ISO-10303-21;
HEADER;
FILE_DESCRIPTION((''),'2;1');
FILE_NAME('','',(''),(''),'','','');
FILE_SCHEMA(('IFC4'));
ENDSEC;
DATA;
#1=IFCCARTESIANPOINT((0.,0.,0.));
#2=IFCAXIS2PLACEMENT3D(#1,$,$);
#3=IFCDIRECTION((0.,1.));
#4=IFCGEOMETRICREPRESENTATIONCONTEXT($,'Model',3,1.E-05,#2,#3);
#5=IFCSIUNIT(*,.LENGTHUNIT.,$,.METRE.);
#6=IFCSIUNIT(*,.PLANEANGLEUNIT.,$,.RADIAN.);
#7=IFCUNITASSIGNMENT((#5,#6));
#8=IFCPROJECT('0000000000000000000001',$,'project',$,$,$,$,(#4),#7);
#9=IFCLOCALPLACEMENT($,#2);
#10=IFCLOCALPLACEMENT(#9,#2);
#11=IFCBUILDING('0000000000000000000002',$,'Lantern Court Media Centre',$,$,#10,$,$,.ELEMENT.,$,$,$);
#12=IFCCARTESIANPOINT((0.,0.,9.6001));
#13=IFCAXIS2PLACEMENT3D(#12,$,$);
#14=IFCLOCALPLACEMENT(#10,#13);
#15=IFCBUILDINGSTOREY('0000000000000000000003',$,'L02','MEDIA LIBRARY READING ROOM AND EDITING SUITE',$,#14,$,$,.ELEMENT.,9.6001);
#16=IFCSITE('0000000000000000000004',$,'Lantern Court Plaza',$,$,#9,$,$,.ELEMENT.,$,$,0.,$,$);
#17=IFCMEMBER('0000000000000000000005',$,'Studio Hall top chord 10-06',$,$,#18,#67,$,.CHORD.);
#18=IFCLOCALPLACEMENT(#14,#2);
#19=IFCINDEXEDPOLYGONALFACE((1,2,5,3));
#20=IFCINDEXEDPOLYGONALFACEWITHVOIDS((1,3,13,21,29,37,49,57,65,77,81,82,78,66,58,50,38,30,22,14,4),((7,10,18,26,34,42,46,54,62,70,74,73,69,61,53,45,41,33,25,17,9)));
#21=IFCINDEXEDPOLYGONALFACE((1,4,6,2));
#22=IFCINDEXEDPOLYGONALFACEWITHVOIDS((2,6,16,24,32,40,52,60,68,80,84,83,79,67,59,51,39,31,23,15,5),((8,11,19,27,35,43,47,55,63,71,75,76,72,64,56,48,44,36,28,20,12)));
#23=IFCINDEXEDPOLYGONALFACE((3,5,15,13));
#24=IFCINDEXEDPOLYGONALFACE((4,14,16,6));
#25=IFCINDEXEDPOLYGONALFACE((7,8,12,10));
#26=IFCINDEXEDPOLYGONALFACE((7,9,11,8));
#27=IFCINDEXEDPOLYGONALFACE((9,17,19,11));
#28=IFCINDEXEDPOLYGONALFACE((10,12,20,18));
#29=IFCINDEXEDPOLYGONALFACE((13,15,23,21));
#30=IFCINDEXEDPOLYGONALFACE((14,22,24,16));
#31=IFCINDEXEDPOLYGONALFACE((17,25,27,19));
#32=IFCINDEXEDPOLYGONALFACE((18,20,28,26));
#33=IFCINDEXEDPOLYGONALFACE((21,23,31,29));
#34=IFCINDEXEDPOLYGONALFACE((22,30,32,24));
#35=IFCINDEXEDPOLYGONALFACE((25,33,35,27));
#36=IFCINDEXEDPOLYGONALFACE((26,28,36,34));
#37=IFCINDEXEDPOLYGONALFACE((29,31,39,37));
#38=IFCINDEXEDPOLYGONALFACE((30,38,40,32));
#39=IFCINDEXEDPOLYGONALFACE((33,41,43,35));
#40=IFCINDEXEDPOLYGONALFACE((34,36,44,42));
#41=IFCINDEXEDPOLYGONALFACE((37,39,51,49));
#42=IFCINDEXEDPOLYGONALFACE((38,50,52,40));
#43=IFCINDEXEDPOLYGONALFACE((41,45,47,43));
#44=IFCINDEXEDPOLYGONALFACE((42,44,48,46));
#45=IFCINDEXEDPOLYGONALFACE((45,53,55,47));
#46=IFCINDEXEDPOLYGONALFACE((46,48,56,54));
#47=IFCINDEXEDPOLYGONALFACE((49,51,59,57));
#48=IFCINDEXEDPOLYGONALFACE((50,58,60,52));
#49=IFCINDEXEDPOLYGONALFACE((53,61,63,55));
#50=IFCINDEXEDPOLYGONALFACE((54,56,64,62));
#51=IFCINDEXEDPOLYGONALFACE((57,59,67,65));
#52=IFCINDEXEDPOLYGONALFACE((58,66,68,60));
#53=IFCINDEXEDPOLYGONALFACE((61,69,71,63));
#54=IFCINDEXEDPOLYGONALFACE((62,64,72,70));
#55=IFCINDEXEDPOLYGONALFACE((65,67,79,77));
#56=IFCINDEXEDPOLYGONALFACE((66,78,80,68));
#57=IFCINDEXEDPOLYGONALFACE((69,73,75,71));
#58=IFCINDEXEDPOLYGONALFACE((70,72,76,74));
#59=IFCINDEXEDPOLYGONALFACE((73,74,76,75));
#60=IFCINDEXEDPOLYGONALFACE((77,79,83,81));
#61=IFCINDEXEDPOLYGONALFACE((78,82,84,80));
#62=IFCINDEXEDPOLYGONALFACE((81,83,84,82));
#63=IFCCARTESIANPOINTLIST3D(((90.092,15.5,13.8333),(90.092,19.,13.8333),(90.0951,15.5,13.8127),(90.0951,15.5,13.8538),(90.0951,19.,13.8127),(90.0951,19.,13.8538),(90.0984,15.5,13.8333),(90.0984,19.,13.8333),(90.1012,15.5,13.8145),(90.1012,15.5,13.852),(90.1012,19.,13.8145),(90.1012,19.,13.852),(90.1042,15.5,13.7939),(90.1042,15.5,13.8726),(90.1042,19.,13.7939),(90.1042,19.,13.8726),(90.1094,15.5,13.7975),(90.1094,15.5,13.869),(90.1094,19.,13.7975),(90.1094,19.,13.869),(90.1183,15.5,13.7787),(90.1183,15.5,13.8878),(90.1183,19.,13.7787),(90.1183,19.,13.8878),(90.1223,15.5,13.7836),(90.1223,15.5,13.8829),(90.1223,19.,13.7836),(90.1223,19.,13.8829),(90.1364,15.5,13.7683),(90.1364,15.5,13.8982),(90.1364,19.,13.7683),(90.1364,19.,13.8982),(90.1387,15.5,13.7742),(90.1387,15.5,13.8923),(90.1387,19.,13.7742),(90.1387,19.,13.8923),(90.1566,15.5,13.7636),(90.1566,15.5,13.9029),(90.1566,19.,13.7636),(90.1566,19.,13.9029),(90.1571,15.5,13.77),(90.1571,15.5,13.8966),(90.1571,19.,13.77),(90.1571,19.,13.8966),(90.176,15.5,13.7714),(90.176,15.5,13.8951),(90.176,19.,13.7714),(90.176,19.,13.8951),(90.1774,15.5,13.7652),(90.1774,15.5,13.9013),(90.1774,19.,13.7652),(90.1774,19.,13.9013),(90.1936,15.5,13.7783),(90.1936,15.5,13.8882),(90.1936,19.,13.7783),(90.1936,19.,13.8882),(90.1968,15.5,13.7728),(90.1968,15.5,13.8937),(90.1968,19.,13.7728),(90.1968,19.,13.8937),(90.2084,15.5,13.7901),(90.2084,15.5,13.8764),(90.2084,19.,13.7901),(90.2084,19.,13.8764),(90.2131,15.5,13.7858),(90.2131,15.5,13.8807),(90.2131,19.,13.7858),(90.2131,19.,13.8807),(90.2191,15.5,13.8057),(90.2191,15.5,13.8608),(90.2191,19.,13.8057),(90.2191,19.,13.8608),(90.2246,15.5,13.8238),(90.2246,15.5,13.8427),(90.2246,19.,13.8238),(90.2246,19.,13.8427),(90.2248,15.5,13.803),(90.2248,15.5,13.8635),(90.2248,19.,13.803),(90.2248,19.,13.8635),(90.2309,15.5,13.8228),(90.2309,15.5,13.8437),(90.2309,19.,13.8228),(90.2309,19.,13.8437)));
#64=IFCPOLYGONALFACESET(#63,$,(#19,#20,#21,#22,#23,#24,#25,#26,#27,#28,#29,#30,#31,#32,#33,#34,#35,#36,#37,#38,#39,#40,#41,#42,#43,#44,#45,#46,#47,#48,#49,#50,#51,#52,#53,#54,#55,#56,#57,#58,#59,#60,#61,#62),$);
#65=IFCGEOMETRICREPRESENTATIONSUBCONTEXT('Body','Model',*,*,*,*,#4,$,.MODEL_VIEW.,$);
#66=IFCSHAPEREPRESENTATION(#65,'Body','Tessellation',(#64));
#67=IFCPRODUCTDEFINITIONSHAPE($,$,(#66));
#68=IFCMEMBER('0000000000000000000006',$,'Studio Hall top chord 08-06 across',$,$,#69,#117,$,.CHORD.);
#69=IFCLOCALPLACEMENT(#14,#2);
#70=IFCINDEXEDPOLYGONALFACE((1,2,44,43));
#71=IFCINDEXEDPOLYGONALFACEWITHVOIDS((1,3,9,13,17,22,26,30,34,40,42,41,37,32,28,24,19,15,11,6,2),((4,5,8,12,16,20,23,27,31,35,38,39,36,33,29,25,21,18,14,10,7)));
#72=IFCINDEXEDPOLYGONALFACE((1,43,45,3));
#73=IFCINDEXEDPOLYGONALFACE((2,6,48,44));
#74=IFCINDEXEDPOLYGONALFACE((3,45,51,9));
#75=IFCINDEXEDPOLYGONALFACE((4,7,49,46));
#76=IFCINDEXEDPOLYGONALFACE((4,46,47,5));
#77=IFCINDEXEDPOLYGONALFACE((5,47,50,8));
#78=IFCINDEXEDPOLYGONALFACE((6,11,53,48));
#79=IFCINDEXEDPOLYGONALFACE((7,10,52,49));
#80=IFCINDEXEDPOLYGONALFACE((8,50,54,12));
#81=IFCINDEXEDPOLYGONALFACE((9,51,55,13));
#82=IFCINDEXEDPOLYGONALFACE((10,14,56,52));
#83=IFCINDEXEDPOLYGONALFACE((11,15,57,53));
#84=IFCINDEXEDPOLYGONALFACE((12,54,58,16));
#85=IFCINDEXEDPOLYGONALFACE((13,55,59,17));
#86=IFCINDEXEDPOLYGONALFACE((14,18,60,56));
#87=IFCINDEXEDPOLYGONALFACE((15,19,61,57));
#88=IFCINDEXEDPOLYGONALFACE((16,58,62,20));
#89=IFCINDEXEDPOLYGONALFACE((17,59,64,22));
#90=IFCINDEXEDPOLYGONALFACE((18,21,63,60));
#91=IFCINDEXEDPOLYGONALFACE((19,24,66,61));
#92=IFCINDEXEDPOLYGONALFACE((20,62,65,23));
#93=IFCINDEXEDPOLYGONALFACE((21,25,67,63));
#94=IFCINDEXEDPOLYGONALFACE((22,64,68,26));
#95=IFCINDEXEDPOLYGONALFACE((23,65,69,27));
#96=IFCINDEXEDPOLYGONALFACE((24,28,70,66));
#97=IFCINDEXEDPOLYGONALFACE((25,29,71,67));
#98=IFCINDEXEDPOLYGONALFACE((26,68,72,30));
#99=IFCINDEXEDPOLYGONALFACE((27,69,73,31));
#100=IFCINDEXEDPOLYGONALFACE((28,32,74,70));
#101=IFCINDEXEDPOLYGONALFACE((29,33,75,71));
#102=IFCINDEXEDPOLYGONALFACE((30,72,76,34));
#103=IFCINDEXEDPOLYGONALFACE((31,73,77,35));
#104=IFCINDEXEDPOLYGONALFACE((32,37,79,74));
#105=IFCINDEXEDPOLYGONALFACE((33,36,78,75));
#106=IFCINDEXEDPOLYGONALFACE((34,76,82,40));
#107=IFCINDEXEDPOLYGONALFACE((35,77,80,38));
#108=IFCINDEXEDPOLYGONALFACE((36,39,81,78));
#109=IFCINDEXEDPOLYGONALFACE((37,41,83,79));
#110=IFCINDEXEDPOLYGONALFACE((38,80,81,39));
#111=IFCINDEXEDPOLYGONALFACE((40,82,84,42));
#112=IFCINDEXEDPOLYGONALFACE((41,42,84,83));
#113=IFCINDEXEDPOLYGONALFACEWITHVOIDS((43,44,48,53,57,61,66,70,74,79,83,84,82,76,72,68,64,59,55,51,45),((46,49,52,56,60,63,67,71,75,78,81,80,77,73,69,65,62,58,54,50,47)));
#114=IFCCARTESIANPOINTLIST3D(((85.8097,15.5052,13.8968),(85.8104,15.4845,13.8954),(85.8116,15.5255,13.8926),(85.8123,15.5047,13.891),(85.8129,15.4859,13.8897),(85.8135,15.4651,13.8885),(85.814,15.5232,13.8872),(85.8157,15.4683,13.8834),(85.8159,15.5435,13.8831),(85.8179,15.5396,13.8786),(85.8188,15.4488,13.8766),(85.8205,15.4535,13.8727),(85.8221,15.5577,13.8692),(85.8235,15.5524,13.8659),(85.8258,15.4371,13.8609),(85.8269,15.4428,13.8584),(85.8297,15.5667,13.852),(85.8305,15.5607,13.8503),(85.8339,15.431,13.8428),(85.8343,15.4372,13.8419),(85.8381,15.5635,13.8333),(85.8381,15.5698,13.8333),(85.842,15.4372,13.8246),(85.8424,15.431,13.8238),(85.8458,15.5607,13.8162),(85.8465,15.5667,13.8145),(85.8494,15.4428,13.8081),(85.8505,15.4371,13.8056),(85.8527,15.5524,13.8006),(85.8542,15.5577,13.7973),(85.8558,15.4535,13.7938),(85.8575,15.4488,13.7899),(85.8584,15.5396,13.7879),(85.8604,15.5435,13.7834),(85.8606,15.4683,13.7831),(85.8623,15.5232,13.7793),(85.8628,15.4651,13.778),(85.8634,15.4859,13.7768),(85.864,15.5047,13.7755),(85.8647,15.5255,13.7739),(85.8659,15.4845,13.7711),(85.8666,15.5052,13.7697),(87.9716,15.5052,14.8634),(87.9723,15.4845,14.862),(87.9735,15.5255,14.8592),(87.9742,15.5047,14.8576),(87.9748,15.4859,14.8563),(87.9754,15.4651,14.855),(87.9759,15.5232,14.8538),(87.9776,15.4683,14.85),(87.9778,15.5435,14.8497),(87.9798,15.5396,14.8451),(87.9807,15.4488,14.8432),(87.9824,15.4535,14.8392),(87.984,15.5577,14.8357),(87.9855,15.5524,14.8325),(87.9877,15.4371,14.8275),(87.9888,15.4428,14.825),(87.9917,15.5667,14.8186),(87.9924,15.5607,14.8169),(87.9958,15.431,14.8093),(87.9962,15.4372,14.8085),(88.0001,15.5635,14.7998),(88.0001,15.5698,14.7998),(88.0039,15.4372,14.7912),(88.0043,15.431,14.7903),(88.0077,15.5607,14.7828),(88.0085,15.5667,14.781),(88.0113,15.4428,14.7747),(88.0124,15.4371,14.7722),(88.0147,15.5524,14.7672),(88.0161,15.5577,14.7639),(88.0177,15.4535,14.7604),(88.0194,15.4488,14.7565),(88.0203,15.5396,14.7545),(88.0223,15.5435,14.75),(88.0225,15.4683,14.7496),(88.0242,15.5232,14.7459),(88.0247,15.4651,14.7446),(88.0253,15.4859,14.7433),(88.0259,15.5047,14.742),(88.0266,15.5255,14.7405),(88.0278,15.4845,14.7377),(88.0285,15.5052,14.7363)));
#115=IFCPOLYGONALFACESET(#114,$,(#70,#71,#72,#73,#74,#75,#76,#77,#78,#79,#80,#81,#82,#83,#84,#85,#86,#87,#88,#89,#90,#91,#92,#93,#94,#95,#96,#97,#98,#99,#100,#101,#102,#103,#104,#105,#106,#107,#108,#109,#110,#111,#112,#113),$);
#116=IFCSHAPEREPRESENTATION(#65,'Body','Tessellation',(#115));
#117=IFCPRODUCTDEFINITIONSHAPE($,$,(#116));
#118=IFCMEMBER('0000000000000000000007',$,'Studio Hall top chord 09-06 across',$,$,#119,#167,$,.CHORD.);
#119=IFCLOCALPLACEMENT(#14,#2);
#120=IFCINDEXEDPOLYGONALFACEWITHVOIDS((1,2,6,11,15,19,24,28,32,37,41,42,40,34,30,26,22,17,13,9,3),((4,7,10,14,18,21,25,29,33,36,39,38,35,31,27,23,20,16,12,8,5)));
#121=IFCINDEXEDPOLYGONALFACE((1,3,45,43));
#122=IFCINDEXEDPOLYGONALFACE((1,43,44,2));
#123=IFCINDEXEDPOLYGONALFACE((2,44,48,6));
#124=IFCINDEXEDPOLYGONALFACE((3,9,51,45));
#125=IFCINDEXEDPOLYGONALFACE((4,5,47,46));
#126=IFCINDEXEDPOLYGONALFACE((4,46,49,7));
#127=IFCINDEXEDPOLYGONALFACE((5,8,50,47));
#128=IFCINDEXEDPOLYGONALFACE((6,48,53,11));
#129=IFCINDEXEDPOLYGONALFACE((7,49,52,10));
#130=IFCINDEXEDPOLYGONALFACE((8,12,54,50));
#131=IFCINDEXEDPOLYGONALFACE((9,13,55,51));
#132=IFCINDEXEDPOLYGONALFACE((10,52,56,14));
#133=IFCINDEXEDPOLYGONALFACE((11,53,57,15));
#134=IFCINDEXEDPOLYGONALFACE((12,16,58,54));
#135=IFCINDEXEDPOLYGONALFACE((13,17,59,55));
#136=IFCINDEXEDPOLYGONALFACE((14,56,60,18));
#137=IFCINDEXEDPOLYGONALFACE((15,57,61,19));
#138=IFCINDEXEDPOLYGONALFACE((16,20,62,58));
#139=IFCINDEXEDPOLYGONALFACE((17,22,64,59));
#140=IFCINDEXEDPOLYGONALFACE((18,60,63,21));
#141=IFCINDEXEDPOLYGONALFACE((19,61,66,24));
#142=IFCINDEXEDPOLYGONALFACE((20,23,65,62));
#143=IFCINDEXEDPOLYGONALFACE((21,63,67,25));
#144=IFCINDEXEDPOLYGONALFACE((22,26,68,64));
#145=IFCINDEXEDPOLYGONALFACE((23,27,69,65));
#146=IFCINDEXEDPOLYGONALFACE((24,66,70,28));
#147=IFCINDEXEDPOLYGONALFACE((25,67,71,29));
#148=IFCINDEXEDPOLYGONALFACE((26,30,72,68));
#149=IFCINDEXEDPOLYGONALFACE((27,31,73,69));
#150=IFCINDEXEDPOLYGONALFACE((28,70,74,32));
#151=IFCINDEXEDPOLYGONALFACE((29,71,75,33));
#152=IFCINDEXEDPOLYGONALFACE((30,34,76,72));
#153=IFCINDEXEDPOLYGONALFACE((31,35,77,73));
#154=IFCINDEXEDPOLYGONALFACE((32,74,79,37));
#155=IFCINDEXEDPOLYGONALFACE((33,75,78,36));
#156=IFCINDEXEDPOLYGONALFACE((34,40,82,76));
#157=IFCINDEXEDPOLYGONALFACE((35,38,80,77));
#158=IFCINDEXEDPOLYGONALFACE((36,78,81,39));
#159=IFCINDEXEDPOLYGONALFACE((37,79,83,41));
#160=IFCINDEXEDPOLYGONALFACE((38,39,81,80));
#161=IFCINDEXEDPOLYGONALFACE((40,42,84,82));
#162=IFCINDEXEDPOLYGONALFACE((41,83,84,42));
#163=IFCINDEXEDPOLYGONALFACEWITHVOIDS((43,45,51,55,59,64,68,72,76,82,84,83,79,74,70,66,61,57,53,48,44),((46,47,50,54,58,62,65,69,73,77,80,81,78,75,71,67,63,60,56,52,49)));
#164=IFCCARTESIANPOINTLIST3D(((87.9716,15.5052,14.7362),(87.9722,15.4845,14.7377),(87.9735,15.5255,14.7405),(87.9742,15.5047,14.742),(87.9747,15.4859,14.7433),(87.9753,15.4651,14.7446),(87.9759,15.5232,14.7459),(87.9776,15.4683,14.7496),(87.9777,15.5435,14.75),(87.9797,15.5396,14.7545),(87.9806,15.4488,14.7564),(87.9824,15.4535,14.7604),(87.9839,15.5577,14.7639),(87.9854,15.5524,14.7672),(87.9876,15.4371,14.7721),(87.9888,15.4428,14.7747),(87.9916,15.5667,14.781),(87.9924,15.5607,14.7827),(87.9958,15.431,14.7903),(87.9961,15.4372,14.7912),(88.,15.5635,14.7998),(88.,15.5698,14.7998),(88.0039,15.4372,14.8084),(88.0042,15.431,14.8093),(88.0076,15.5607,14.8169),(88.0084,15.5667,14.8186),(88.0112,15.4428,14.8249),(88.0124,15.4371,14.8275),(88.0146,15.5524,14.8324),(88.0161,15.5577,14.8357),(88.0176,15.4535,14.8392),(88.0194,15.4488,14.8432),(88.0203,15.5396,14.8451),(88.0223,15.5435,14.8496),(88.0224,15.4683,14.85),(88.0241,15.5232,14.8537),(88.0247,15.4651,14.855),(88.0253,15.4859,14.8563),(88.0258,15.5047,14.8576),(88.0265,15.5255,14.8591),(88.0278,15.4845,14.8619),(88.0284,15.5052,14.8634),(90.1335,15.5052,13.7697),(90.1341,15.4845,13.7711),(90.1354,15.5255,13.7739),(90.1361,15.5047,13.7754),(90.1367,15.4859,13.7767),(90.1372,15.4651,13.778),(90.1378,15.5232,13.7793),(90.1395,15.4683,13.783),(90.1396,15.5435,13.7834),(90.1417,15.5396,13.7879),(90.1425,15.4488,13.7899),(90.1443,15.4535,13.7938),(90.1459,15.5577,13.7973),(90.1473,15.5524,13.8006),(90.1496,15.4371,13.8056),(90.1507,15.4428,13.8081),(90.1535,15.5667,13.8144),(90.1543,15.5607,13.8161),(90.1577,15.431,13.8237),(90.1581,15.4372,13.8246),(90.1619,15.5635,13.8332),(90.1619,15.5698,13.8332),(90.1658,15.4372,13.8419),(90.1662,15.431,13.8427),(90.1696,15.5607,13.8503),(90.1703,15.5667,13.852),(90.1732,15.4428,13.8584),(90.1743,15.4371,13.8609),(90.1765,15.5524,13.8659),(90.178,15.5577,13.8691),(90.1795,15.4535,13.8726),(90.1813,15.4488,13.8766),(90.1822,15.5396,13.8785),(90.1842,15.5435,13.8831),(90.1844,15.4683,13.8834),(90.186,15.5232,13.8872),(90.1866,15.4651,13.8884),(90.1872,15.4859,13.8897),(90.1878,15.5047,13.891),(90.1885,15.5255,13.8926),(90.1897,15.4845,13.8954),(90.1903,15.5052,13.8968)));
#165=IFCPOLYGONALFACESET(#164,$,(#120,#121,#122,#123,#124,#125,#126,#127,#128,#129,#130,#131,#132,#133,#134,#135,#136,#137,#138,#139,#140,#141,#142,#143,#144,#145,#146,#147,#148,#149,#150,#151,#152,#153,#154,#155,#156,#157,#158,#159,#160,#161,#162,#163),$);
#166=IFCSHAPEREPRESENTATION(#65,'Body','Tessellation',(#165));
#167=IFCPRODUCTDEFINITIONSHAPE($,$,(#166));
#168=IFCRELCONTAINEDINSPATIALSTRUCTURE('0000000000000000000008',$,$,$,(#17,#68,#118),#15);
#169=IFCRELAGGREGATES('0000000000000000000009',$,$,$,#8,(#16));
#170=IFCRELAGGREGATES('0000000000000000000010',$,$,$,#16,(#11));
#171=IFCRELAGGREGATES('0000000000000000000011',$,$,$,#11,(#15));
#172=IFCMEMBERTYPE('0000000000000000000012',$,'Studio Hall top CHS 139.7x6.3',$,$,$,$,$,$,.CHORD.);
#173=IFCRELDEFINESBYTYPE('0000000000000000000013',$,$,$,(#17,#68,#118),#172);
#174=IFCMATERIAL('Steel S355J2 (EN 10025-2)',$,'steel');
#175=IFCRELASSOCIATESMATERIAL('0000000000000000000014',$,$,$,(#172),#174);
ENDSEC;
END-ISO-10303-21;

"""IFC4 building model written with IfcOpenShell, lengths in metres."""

from ifc_helpers import new_model, si_unit, direction, frame, origin, origin_2d, place, context, subcontext, project, spatial, hollow_circle, extrude, material, material_profile, profile_set, type_object, element, save


model = new_model("IFC4")

# Units and contexts
model_context = context("Model", 3, precision=1e-05, world=origin(), true_north=direction((0.0, 1.0)))
body_context = subcontext(model_context, "Body", "Model", "MODEL_VIEW")
ifc_project = project(units=[si_unit("LENGTHUNIT", "METRE"), si_unit("PLANEANGLEUNIT", "RADIAN")], contexts=[model_context])

# Site, building, storey
site_placement = place(None, origin())
site = spatial("IfcSite", under=ifc_project, at=site_placement, Name="Lantern Court Plaza", CompositionType="ELEMENT", RefElevation=0.0)
building_placement = place(site_placement, origin())
building = spatial("IfcBuilding", under=site, at=building_placement, Name="Lantern Court Media Centre", CompositionType="ELEMENT")
storey_placement = place(building_placement, frame((0.0, 0.0, 9.6001)))
storey = spatial("IfcBuildingStorey", under=building, at=storey_placement, Name="L02", Description="MEDIA LIBRARY READING ROOM AND EDITING SUITE", CompositionType="ELEMENT", Elevation=9.6001)

# Members
ifc_material = material(Name="Steel S355J2 (EN 10025-2)", Category="steel")
ifc_material_profile_1 = material_profile(ifc_material, hollow_circle(Radius=0.0698, WallThickness=0.0063, at=origin_2d()), Name="Studio Hall top CHS 139.7x6.3")
ifc_profile_set_1 = profile_set([ifc_material_profile_1], Name="Steel S355J2 (EN 10025-2)")
member_type_1 = type_object("IfcMemberType", Name="Studio Hall top CHS 139.7x6.3", PredefinedType="CHORD", material=ifc_profile_set_1)
for number, where, z_axis, x_axis, name in (
    (1, (90.1619, 15.5, 13.8333), (0.0, 1.0, 0.0), (-1.0, 0.0, 0.0), "Studio Hall top chord 10-06"),
):
    element("IfcMember", number, at=place(storey_placement, frame(where, z_axis=z_axis, x_axis=x_axis)), inside=storey, type_object=member_type_1, Name=name, PredefinedType="CHORD", context=body_context, shape_type="SweptSolid", body=[
        extrude(hollow_circle(Radius=0.0698, WallThickness=0.0063, at=origin_2d()), origin(), (0.0, 0.0, 1.0), 3.5),
    ])
for number, where, z_axis, x_axis, name in (
    (2, (85.8381, 15.5, 13.8333), (0.912912, 0.0, 0.408156), (0.0, 1.0, 0.0), "Studio Hall top chord 08-06 across"),
    (3, (88.0, 15.5, 14.7998), (0.912912, 0.0, -0.408156), (0.0, 1.0, 0.0), "Studio Hall top chord 09-06 across"),
):
    element("IfcMember", number, at=place(storey_placement, frame(where, z_axis=z_axis, x_axis=x_axis)), inside=storey, type_object=member_type_1, Name=name, PredefinedType="CHORD", context=body_context, shape_type="SweptSolid", body=[
        extrude(hollow_circle(Radius=0.0698, WallThickness=0.0063, at=origin_2d()), origin(), (0.0, 0.0, 1.0), 2.3682),
    ])

save(model, "model.ifc")
